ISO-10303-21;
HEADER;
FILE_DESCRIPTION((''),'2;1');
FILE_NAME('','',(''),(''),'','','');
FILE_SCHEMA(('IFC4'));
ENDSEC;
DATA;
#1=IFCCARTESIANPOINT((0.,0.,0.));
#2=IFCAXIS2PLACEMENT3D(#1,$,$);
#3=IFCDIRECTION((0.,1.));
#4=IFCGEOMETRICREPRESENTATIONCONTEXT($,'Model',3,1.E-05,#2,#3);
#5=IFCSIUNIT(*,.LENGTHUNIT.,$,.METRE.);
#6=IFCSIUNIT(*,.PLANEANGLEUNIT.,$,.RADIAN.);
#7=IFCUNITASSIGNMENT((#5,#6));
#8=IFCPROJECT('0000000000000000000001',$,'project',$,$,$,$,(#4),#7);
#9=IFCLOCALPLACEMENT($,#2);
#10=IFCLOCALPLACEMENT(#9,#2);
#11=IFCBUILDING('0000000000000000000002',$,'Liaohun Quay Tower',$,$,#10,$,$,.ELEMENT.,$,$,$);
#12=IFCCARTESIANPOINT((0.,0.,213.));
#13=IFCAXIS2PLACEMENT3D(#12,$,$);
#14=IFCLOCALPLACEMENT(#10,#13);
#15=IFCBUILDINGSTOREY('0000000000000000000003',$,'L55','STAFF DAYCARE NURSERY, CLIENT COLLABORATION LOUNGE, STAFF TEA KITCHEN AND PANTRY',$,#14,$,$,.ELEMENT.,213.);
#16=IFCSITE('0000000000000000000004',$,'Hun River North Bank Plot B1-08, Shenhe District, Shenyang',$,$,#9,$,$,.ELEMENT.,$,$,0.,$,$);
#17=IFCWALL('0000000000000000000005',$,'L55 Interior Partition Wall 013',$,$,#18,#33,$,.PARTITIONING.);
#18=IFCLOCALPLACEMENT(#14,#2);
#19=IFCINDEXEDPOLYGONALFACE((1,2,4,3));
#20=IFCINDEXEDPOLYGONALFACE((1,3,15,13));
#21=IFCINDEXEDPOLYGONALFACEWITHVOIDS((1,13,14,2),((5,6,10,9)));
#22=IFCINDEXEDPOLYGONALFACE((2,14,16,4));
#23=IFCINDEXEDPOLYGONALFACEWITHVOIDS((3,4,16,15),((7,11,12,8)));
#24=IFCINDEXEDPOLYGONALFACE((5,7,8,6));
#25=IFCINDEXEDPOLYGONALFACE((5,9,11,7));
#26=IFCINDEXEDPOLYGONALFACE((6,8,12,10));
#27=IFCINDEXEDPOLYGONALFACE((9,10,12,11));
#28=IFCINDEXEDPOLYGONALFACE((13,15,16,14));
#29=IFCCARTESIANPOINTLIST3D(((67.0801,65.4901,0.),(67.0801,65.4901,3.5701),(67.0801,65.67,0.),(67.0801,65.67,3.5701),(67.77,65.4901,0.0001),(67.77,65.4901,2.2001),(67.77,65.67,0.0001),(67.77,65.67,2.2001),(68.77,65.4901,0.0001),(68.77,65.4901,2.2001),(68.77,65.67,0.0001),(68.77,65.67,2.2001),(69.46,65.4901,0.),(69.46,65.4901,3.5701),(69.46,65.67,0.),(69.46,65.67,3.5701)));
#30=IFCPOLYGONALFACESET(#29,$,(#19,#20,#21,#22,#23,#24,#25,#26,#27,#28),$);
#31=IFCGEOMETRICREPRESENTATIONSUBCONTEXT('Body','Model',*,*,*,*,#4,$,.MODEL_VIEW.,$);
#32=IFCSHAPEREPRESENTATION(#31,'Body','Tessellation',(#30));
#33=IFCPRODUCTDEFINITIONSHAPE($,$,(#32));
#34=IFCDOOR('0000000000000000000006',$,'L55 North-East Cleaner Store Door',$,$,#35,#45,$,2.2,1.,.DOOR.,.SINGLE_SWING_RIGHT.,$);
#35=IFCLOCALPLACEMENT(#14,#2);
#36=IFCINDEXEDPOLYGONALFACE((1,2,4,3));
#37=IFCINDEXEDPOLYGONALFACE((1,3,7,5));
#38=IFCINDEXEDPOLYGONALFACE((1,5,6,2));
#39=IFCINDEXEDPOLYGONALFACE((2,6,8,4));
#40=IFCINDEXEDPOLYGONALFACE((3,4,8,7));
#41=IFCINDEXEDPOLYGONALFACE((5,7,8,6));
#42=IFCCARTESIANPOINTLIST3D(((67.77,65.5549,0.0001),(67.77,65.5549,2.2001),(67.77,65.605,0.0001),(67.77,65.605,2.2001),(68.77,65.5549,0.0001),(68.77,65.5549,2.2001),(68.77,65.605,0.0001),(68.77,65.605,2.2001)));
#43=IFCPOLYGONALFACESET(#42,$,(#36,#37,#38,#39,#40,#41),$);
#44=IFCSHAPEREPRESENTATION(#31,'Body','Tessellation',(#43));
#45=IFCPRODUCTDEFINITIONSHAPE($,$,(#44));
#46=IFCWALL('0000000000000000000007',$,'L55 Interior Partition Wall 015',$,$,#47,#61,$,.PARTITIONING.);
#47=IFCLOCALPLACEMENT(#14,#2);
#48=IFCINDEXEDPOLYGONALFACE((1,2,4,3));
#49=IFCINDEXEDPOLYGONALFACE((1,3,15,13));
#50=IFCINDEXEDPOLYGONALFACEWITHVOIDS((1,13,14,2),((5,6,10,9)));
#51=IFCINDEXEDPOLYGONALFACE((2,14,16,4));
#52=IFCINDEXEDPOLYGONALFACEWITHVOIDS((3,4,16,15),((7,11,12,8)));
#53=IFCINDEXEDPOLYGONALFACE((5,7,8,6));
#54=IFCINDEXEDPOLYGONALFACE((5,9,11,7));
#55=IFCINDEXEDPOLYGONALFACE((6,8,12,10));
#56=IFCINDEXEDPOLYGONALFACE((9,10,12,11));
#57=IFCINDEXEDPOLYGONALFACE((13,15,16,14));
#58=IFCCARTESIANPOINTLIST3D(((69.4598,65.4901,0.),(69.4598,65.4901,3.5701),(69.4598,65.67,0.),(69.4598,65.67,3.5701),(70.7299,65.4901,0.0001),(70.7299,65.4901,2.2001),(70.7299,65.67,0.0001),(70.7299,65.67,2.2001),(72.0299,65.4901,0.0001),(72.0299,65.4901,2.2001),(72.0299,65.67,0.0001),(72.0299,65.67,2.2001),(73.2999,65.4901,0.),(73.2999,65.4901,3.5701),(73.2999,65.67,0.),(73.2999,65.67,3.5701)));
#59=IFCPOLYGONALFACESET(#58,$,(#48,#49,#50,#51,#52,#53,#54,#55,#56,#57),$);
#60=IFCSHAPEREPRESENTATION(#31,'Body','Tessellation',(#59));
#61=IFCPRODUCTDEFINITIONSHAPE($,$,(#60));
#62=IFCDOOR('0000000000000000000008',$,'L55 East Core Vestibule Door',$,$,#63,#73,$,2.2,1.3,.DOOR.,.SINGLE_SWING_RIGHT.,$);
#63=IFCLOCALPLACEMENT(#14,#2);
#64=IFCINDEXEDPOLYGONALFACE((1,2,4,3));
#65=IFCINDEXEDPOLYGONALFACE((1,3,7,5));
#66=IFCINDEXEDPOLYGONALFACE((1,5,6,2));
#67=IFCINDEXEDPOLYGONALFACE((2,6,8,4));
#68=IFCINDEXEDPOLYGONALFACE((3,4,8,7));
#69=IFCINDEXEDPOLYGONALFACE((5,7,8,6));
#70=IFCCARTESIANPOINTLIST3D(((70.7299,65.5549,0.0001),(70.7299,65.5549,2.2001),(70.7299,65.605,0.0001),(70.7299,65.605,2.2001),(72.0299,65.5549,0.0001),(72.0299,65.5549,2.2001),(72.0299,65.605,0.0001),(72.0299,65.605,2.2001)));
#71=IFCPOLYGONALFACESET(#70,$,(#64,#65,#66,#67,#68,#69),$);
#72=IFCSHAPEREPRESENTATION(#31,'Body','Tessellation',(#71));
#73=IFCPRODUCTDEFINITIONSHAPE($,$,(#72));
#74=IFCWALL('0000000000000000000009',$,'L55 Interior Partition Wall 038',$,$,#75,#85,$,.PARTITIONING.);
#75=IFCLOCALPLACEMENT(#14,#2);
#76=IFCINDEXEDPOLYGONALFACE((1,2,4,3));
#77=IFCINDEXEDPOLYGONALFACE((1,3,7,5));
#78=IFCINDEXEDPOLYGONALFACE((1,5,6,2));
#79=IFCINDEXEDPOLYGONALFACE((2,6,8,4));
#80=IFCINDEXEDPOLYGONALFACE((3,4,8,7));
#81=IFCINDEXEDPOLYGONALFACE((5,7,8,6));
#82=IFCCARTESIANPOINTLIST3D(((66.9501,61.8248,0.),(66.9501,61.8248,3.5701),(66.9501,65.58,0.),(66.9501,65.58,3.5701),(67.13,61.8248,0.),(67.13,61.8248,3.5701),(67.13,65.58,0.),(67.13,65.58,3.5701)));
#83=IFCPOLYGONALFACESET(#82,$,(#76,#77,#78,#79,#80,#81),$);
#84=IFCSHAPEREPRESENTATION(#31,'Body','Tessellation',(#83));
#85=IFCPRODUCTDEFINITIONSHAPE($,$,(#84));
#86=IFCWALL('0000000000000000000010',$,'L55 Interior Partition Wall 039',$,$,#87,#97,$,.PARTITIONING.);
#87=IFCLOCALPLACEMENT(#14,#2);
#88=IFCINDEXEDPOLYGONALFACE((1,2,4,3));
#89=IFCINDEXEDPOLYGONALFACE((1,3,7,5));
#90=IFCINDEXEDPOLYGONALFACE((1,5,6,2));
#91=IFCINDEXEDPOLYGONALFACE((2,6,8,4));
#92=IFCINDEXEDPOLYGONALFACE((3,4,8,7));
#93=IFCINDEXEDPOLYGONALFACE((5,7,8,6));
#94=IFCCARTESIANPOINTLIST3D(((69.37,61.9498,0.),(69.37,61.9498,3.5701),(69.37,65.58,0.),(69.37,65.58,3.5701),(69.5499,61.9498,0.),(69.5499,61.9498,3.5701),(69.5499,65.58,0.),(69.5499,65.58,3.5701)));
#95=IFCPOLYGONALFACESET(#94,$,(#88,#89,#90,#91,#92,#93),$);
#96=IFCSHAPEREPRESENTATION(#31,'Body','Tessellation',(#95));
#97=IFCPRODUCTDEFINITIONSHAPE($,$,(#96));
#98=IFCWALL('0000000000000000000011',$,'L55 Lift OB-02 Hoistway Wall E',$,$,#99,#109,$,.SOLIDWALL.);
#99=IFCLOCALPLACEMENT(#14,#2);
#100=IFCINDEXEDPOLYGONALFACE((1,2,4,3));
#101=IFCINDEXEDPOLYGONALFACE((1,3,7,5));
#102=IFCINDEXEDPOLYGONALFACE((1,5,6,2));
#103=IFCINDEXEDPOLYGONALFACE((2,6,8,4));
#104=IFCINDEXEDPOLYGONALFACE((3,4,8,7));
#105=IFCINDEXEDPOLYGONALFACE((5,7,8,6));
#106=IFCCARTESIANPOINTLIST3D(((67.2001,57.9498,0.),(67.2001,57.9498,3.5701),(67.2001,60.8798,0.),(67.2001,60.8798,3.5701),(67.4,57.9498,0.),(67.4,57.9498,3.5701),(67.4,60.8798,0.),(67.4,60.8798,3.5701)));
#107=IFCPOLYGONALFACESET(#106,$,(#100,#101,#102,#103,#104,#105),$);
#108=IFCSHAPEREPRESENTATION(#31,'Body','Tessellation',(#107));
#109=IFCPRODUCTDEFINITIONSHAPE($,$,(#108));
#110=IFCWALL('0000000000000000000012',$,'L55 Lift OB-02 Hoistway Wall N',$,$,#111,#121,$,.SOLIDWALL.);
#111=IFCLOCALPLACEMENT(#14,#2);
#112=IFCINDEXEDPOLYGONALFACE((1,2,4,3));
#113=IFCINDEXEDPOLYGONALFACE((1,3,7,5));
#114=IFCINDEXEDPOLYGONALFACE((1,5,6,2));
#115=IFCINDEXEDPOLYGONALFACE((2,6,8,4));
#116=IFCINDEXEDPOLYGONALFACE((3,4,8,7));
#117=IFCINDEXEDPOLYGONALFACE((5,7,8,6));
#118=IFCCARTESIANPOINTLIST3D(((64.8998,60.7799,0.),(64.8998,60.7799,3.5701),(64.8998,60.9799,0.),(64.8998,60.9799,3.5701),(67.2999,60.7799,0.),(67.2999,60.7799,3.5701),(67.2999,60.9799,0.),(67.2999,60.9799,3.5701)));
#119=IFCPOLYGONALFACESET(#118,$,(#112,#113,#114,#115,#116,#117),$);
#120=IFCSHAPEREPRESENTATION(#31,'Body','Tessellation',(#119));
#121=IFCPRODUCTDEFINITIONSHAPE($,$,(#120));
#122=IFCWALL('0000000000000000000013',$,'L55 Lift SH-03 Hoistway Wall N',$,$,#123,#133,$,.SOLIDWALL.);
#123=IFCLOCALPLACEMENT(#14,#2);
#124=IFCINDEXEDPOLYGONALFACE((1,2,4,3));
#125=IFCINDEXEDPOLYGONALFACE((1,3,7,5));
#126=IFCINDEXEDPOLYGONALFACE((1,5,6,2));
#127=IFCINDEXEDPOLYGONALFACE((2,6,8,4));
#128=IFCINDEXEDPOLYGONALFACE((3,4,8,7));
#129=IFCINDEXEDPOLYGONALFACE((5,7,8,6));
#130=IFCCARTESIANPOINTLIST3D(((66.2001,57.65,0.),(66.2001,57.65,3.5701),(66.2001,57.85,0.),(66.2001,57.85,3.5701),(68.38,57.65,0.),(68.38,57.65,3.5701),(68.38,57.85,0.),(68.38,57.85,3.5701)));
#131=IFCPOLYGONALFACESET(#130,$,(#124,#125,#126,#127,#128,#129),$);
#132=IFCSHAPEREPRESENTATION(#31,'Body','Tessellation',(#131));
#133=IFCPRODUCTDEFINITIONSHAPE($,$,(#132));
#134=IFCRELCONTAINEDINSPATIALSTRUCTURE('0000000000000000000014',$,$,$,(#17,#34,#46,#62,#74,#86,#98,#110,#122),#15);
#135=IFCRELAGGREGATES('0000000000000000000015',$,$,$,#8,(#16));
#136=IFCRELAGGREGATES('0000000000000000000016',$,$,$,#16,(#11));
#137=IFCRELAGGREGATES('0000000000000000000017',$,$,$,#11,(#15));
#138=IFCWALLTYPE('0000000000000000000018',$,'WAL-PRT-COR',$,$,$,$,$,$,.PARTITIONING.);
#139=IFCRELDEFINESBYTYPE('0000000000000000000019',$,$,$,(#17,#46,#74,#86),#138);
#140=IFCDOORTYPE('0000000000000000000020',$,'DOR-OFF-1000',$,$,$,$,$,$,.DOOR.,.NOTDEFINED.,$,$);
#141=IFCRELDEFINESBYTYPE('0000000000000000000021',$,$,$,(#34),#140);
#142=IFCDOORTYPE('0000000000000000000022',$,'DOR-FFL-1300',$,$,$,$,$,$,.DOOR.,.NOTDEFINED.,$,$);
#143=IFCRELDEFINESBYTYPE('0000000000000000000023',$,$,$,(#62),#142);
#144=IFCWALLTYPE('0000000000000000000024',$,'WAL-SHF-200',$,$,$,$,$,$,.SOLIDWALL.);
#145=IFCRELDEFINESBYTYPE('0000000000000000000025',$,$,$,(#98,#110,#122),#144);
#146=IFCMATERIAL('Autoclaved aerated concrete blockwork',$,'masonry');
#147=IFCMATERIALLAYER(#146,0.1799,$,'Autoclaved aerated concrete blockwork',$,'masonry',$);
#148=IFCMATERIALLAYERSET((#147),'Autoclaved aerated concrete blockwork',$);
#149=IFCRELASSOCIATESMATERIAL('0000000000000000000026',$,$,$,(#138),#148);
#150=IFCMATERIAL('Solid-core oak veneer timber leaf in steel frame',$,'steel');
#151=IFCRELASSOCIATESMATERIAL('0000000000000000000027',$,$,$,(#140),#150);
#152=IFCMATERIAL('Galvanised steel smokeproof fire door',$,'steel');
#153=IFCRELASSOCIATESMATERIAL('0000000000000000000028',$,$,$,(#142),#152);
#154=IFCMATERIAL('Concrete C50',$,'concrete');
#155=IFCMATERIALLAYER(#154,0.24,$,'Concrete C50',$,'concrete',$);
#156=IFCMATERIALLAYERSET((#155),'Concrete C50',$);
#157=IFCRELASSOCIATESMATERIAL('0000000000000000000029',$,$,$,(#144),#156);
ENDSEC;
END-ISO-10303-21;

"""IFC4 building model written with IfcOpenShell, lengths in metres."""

from ifc_helpers import new_model, si_unit, direction, frame, frame_2d, origin, place, context, subcontext, project, spatial, rectangle, extrude, source, transform, mapped, material, layer, layer_set, type_object, element, fill, save


model = new_model("IFC4")

# Units and contexts
model_context = context("Model", 3, precision=1e-05, world=origin(), true_north=direction((0.0, 1.0)))
body_context = subcontext(model_context, "Body", "Model", "MODEL_VIEW")
ifc_project = project(units=[si_unit("LENGTHUNIT", "METRE"), si_unit("PLANEANGLEUNIT", "RADIAN")], contexts=[model_context])

# Site, building, storey
site_placement = place(None, origin())
site = spatial("IfcSite", under=ifc_project, at=site_placement, Name="Hun River North Bank Plot B1-08, Shenhe District, Shenyang", CompositionType="ELEMENT", RefElevation=0.0)
building_placement = place(site_placement, origin())
building = spatial("IfcBuilding", under=site, at=building_placement, Name="Liaohun Quay Tower", CompositionType="ELEMENT")
storey_placement = place(building_placement, frame((0.0, 0.0, 213.0)))
storey = spatial("IfcBuildingStorey", under=building, at=storey_placement, Name="L55", Description="STAFF DAYCARE NURSERY, CLIENT COLLABORATION LOUNGE, STAFF TEA KITCHEN AND PANTRY", CompositionType="ELEMENT", Elevation=213.0)

# Walls, openings, doors
ifc_material_1 = material(Name="Autoclaved aerated concrete blockwork", Category="masonry")
ifc_layer_1 = layer(ifc_material_1, 0.1799, Name="Autoclaved aerated concrete blockwork", Category="masonry")
ifc_layer_set_1 = layer_set([ifc_layer_1], Name="Autoclaved aerated concrete blockwork")
wall_type_1 = type_object("IfcWallType", Name="WAL-PRT-COR", PredefinedType="PARTITIONING", material=ifc_layer_set_1)
wall_1_placement = place(storey_placement, frame((67.0801, 65.5801, 0.0), z_axis=(0.0, 0.0, 1.0), x_axis=(1.0, 0.0, 0.0)))
wall_1 = element("IfcWall", 1, at=wall_1_placement, inside=storey, type_object=wall_type_1, Name="L55 Interior Partition Wall 013", PredefinedType="PARTITIONING", context=body_context, shape_type="SweptSolid", body=[
    extrude(rectangle(XDim=2.3799, YDim=0.1799, at=frame_2d((1.1899, 0.0))), origin(), (0.0, 0.0, 1.0), 3.5701),
])
shared_shape_1 = source(origin(), body_context, "Body", "SweptSolid", [
    extrude(rectangle(XDim=1.0, YDim=2.2, at=frame_2d((0.5, 1.1001))), frame((0.0, 0.0999, 0.0), z_axis=(0.0, -1.0, 0.0), x_axis=(1.0, 0.0, 0.0)), (0.0, 0.0, 1.0), 0.2),
])
opening_1_placement = place(wall_1_placement, frame((0.6899, 0.0, 0.0)))
opening_1 = element("IfcOpeningElement", 2, at=opening_1_placement, cuts=wall_1, PredefinedType="OPENING", context=body_context, shape_type="MappedRepresentation", body=[
    mapped(shared_shape_1, transform((0.0, 0.0, 0.0), x_axis=(1.0, 0.0, 0.0), y_axis=(0.0, 1.0, 0.0), z_axis=(0.0, 0.0, 1.0), scale=1.0)),
])
ifc_material_2 = material(Name="Solid-core oak veneer timber leaf in steel frame", Category="steel")
door_type_1 = type_object("IfcDoorType", Name="DOR-OFF-1000", OperationType="NOTDEFINED", PredefinedType="DOOR", material=ifc_material_2)
shared_shape_2 = source(origin(), body_context, "Body", "SweptSolid", [
    extrude(rectangle(XDim=1.0, YDim=2.2, at=frame_2d((0.5, 1.1001))), frame((0.0, 0.0249, 0.0), z_axis=(0.0, -1.0, 0.0), x_axis=(1.0, 0.0, 0.0)), (0.0, 0.0, 1.0), 0.05),
])
door_1_placement = place(opening_1_placement, origin())
door_1 = element("IfcDoor", 3, at=door_1_placement, inside=storey, type_object=door_type_1, Name="L55 North-East Cleaner Store Door", OperationType="SINGLE_SWING_RIGHT", OverallHeight=2.2, OverallWidth=1.0, PredefinedType="DOOR", context=body_context, shape_type="MappedRepresentation", body=[
    mapped(shared_shape_2, transform((0.0, 0.0, 0.0), x_axis=(1.0, 0.0, 0.0), y_axis=(0.0, 1.0, 0.0), z_axis=(0.0, 0.0, 1.0), scale=1.0)),
])
fill(opening_1, door_1)
wall_2_placement = place(storey_placement, frame((69.46, 65.5801, 0.0), z_axis=(0.0, 0.0, 1.0), x_axis=(1.0, 0.0, 0.0)))
wall_2 = element("IfcWall", 4, at=wall_2_placement, inside=storey, type_object=wall_type_1, Name="L55 Interior Partition Wall 015", PredefinedType="PARTITIONING", context=body_context, shape_type="SweptSolid", body=[
    extrude(rectangle(XDim=3.8401, YDim=0.1799, at=frame_2d((1.9199, 0.0))), origin(), (0.0, 0.0, 1.0), 3.5701),
])
shared_shape_3 = source(origin(), body_context, "Body", "SweptSolid", [
    extrude(rectangle(XDim=1.3, YDim=2.2, at=frame_2d((0.6499, 1.1001))), frame((0.0, 0.0999, 0.0), z_axis=(0.0, -1.0, 0.0), x_axis=(1.0, 0.0, 0.0)), (0.0, 0.0, 1.0), 0.2),
])
opening_2_placement = place(wall_2_placement, frame((1.27, 0.0, 0.0)))
opening_2 = element("IfcOpeningElement", 5, at=opening_2_placement, cuts=wall_2, PredefinedType="OPENING", context=body_context, shape_type="MappedRepresentation", body=[
    mapped(shared_shape_3, transform((0.0, 0.0, 0.0), x_axis=(1.0, 0.0, 0.0), y_axis=(0.0, 1.0, 0.0), z_axis=(0.0, 0.0, 1.0), scale=1.0)),
])
ifc_material_3 = material(Name="Galvanised steel smokeproof fire door", Category="steel")
door_type_2 = type_object("IfcDoorType", Name="DOR-FFL-1300", OperationType="NOTDEFINED", PredefinedType="DOOR", material=ifc_material_3)
shared_shape_4 = source(origin(), body_context, "Body", "SweptSolid", [
    extrude(rectangle(XDim=1.3, YDim=2.2, at=frame_2d((0.6499, 1.1001))), frame((0.0, 0.0249, 0.0), z_axis=(0.0, -1.0, 0.0), x_axis=(1.0, 0.0, 0.0)), (0.0, 0.0, 1.0), 0.05),
])
door_2_placement = place(opening_2_placement, origin())
door_2 = element("IfcDoor", 6, at=door_2_placement, inside=storey, type_object=door_type_2, Name="L55 East Core Vestibule Door", OperationType="SINGLE_SWING_RIGHT", OverallHeight=2.2, OverallWidth=1.3, PredefinedType="DOOR", context=body_context, shape_type="MappedRepresentation", body=[
    mapped(shared_shape_4, transform((0.0, 0.0, 0.0), x_axis=(1.0, 0.0, 0.0), y_axis=(0.0, 1.0, 0.0), z_axis=(0.0, 0.0, 1.0), scale=1.0)),
])
fill(opening_2, door_2)

# Walls
wall_3_placement = place(storey_placement, frame((67.04, 61.825, 0.0), z_axis=(0.0, 0.0, 1.0), x_axis=(0.0, 1.0, 0.0)))
element("IfcWall", 7, at=wall_3_placement, inside=storey, type_object=wall_type_1, Name="L55 Interior Partition Wall 038", PredefinedType="PARTITIONING", context=body_context, shape_type="SweptSolid", body=[
    extrude(rectangle(XDim=3.7551, YDim=0.1799, at=frame_2d((1.8774, 0.0))), origin(), (0.0, 0.0, 1.0), 3.5701),
])
wall_4_placement = place(storey_placement, frame((69.46, 61.95, 0.0), z_axis=(0.0, 0.0, 1.0), x_axis=(0.0, 1.0, 0.0)))
element("IfcWall", 8, at=wall_4_placement, inside=storey, type_object=wall_type_1, Name="L55 Interior Partition Wall 039", PredefinedType="PARTITIONING", context=body_context, shape_type="SweptSolid", body=[
    extrude(rectangle(XDim=3.6301, YDim=0.1799, at=frame_2d((1.8149, 0.0))), origin(), (0.0, 0.0, 1.0), 3.5701),
])
ifc_material_4 = material(Name="Concrete C50", Category="concrete")
ifc_layer_2 = layer(ifc_material_4, 0.24, Name="Concrete C50", Category="concrete")
ifc_layer_set_2 = layer_set([ifc_layer_2], Name="Concrete C50")
wall_type_2 = type_object("IfcWallType", Name="WAL-SHF-200", PredefinedType="SOLIDWALL", material=ifc_layer_set_2)
wall_5_placement = place(storey_placement, frame((67.3, 57.95, 0.0), z_axis=(0.0, 0.0, 1.0), x_axis=(0.0, 1.0, 0.0)))
element("IfcWall", 9, at=wall_5_placement, inside=storey, type_object=wall_type_2, Name="L55 Lift OB-02 Hoistway Wall E", PredefinedType="SOLIDWALL", context=body_context, shape_type="SweptSolid", body=[
    extrude(rectangle(XDim=2.9299, YDim=0.2, at=frame_2d((1.4648, 0.0))), origin(), (0.0, 0.0, 1.0), 3.5701),
])
wall_6_placement = place(storey_placement, frame((67.3, 60.8799, 0.0), z_axis=(0.0, 0.0, 1.0), x_axis=(-1.0, 0.0, 0.0)))
element("IfcWall", 10, at=wall_6_placement, inside=storey, type_object=wall_type_2, Name="L55 Lift OB-02 Hoistway Wall N", PredefinedType="SOLIDWALL", context=body_context, shape_type="SweptSolid", body=[
    extrude(rectangle(XDim=2.4001, YDim=0.2, at=frame_2d((1.2002, 0.0))), origin(), (0.0, 0.0, 1.0), 3.5701),
])
wall_7_placement = place(storey_placement, frame((68.3799, 57.75, 0.0), z_axis=(0.0, 0.0, 1.0), x_axis=(-1.0, 0.0, 0.0)))
element("IfcWall", 11, at=wall_7_placement, inside=storey, type_object=wall_type_2, Name="L55 Lift SH-03 Hoistway Wall N", PredefinedType="SOLIDWALL", context=body_context, shape_type="SweptSolid", body=[
    extrude(rectangle(XDim=2.1799, YDim=0.2, at=frame_2d((1.0898, 0.0))), origin(), (0.0, 0.0, 1.0), 3.5701),
])

save(model, "model.ifc")
